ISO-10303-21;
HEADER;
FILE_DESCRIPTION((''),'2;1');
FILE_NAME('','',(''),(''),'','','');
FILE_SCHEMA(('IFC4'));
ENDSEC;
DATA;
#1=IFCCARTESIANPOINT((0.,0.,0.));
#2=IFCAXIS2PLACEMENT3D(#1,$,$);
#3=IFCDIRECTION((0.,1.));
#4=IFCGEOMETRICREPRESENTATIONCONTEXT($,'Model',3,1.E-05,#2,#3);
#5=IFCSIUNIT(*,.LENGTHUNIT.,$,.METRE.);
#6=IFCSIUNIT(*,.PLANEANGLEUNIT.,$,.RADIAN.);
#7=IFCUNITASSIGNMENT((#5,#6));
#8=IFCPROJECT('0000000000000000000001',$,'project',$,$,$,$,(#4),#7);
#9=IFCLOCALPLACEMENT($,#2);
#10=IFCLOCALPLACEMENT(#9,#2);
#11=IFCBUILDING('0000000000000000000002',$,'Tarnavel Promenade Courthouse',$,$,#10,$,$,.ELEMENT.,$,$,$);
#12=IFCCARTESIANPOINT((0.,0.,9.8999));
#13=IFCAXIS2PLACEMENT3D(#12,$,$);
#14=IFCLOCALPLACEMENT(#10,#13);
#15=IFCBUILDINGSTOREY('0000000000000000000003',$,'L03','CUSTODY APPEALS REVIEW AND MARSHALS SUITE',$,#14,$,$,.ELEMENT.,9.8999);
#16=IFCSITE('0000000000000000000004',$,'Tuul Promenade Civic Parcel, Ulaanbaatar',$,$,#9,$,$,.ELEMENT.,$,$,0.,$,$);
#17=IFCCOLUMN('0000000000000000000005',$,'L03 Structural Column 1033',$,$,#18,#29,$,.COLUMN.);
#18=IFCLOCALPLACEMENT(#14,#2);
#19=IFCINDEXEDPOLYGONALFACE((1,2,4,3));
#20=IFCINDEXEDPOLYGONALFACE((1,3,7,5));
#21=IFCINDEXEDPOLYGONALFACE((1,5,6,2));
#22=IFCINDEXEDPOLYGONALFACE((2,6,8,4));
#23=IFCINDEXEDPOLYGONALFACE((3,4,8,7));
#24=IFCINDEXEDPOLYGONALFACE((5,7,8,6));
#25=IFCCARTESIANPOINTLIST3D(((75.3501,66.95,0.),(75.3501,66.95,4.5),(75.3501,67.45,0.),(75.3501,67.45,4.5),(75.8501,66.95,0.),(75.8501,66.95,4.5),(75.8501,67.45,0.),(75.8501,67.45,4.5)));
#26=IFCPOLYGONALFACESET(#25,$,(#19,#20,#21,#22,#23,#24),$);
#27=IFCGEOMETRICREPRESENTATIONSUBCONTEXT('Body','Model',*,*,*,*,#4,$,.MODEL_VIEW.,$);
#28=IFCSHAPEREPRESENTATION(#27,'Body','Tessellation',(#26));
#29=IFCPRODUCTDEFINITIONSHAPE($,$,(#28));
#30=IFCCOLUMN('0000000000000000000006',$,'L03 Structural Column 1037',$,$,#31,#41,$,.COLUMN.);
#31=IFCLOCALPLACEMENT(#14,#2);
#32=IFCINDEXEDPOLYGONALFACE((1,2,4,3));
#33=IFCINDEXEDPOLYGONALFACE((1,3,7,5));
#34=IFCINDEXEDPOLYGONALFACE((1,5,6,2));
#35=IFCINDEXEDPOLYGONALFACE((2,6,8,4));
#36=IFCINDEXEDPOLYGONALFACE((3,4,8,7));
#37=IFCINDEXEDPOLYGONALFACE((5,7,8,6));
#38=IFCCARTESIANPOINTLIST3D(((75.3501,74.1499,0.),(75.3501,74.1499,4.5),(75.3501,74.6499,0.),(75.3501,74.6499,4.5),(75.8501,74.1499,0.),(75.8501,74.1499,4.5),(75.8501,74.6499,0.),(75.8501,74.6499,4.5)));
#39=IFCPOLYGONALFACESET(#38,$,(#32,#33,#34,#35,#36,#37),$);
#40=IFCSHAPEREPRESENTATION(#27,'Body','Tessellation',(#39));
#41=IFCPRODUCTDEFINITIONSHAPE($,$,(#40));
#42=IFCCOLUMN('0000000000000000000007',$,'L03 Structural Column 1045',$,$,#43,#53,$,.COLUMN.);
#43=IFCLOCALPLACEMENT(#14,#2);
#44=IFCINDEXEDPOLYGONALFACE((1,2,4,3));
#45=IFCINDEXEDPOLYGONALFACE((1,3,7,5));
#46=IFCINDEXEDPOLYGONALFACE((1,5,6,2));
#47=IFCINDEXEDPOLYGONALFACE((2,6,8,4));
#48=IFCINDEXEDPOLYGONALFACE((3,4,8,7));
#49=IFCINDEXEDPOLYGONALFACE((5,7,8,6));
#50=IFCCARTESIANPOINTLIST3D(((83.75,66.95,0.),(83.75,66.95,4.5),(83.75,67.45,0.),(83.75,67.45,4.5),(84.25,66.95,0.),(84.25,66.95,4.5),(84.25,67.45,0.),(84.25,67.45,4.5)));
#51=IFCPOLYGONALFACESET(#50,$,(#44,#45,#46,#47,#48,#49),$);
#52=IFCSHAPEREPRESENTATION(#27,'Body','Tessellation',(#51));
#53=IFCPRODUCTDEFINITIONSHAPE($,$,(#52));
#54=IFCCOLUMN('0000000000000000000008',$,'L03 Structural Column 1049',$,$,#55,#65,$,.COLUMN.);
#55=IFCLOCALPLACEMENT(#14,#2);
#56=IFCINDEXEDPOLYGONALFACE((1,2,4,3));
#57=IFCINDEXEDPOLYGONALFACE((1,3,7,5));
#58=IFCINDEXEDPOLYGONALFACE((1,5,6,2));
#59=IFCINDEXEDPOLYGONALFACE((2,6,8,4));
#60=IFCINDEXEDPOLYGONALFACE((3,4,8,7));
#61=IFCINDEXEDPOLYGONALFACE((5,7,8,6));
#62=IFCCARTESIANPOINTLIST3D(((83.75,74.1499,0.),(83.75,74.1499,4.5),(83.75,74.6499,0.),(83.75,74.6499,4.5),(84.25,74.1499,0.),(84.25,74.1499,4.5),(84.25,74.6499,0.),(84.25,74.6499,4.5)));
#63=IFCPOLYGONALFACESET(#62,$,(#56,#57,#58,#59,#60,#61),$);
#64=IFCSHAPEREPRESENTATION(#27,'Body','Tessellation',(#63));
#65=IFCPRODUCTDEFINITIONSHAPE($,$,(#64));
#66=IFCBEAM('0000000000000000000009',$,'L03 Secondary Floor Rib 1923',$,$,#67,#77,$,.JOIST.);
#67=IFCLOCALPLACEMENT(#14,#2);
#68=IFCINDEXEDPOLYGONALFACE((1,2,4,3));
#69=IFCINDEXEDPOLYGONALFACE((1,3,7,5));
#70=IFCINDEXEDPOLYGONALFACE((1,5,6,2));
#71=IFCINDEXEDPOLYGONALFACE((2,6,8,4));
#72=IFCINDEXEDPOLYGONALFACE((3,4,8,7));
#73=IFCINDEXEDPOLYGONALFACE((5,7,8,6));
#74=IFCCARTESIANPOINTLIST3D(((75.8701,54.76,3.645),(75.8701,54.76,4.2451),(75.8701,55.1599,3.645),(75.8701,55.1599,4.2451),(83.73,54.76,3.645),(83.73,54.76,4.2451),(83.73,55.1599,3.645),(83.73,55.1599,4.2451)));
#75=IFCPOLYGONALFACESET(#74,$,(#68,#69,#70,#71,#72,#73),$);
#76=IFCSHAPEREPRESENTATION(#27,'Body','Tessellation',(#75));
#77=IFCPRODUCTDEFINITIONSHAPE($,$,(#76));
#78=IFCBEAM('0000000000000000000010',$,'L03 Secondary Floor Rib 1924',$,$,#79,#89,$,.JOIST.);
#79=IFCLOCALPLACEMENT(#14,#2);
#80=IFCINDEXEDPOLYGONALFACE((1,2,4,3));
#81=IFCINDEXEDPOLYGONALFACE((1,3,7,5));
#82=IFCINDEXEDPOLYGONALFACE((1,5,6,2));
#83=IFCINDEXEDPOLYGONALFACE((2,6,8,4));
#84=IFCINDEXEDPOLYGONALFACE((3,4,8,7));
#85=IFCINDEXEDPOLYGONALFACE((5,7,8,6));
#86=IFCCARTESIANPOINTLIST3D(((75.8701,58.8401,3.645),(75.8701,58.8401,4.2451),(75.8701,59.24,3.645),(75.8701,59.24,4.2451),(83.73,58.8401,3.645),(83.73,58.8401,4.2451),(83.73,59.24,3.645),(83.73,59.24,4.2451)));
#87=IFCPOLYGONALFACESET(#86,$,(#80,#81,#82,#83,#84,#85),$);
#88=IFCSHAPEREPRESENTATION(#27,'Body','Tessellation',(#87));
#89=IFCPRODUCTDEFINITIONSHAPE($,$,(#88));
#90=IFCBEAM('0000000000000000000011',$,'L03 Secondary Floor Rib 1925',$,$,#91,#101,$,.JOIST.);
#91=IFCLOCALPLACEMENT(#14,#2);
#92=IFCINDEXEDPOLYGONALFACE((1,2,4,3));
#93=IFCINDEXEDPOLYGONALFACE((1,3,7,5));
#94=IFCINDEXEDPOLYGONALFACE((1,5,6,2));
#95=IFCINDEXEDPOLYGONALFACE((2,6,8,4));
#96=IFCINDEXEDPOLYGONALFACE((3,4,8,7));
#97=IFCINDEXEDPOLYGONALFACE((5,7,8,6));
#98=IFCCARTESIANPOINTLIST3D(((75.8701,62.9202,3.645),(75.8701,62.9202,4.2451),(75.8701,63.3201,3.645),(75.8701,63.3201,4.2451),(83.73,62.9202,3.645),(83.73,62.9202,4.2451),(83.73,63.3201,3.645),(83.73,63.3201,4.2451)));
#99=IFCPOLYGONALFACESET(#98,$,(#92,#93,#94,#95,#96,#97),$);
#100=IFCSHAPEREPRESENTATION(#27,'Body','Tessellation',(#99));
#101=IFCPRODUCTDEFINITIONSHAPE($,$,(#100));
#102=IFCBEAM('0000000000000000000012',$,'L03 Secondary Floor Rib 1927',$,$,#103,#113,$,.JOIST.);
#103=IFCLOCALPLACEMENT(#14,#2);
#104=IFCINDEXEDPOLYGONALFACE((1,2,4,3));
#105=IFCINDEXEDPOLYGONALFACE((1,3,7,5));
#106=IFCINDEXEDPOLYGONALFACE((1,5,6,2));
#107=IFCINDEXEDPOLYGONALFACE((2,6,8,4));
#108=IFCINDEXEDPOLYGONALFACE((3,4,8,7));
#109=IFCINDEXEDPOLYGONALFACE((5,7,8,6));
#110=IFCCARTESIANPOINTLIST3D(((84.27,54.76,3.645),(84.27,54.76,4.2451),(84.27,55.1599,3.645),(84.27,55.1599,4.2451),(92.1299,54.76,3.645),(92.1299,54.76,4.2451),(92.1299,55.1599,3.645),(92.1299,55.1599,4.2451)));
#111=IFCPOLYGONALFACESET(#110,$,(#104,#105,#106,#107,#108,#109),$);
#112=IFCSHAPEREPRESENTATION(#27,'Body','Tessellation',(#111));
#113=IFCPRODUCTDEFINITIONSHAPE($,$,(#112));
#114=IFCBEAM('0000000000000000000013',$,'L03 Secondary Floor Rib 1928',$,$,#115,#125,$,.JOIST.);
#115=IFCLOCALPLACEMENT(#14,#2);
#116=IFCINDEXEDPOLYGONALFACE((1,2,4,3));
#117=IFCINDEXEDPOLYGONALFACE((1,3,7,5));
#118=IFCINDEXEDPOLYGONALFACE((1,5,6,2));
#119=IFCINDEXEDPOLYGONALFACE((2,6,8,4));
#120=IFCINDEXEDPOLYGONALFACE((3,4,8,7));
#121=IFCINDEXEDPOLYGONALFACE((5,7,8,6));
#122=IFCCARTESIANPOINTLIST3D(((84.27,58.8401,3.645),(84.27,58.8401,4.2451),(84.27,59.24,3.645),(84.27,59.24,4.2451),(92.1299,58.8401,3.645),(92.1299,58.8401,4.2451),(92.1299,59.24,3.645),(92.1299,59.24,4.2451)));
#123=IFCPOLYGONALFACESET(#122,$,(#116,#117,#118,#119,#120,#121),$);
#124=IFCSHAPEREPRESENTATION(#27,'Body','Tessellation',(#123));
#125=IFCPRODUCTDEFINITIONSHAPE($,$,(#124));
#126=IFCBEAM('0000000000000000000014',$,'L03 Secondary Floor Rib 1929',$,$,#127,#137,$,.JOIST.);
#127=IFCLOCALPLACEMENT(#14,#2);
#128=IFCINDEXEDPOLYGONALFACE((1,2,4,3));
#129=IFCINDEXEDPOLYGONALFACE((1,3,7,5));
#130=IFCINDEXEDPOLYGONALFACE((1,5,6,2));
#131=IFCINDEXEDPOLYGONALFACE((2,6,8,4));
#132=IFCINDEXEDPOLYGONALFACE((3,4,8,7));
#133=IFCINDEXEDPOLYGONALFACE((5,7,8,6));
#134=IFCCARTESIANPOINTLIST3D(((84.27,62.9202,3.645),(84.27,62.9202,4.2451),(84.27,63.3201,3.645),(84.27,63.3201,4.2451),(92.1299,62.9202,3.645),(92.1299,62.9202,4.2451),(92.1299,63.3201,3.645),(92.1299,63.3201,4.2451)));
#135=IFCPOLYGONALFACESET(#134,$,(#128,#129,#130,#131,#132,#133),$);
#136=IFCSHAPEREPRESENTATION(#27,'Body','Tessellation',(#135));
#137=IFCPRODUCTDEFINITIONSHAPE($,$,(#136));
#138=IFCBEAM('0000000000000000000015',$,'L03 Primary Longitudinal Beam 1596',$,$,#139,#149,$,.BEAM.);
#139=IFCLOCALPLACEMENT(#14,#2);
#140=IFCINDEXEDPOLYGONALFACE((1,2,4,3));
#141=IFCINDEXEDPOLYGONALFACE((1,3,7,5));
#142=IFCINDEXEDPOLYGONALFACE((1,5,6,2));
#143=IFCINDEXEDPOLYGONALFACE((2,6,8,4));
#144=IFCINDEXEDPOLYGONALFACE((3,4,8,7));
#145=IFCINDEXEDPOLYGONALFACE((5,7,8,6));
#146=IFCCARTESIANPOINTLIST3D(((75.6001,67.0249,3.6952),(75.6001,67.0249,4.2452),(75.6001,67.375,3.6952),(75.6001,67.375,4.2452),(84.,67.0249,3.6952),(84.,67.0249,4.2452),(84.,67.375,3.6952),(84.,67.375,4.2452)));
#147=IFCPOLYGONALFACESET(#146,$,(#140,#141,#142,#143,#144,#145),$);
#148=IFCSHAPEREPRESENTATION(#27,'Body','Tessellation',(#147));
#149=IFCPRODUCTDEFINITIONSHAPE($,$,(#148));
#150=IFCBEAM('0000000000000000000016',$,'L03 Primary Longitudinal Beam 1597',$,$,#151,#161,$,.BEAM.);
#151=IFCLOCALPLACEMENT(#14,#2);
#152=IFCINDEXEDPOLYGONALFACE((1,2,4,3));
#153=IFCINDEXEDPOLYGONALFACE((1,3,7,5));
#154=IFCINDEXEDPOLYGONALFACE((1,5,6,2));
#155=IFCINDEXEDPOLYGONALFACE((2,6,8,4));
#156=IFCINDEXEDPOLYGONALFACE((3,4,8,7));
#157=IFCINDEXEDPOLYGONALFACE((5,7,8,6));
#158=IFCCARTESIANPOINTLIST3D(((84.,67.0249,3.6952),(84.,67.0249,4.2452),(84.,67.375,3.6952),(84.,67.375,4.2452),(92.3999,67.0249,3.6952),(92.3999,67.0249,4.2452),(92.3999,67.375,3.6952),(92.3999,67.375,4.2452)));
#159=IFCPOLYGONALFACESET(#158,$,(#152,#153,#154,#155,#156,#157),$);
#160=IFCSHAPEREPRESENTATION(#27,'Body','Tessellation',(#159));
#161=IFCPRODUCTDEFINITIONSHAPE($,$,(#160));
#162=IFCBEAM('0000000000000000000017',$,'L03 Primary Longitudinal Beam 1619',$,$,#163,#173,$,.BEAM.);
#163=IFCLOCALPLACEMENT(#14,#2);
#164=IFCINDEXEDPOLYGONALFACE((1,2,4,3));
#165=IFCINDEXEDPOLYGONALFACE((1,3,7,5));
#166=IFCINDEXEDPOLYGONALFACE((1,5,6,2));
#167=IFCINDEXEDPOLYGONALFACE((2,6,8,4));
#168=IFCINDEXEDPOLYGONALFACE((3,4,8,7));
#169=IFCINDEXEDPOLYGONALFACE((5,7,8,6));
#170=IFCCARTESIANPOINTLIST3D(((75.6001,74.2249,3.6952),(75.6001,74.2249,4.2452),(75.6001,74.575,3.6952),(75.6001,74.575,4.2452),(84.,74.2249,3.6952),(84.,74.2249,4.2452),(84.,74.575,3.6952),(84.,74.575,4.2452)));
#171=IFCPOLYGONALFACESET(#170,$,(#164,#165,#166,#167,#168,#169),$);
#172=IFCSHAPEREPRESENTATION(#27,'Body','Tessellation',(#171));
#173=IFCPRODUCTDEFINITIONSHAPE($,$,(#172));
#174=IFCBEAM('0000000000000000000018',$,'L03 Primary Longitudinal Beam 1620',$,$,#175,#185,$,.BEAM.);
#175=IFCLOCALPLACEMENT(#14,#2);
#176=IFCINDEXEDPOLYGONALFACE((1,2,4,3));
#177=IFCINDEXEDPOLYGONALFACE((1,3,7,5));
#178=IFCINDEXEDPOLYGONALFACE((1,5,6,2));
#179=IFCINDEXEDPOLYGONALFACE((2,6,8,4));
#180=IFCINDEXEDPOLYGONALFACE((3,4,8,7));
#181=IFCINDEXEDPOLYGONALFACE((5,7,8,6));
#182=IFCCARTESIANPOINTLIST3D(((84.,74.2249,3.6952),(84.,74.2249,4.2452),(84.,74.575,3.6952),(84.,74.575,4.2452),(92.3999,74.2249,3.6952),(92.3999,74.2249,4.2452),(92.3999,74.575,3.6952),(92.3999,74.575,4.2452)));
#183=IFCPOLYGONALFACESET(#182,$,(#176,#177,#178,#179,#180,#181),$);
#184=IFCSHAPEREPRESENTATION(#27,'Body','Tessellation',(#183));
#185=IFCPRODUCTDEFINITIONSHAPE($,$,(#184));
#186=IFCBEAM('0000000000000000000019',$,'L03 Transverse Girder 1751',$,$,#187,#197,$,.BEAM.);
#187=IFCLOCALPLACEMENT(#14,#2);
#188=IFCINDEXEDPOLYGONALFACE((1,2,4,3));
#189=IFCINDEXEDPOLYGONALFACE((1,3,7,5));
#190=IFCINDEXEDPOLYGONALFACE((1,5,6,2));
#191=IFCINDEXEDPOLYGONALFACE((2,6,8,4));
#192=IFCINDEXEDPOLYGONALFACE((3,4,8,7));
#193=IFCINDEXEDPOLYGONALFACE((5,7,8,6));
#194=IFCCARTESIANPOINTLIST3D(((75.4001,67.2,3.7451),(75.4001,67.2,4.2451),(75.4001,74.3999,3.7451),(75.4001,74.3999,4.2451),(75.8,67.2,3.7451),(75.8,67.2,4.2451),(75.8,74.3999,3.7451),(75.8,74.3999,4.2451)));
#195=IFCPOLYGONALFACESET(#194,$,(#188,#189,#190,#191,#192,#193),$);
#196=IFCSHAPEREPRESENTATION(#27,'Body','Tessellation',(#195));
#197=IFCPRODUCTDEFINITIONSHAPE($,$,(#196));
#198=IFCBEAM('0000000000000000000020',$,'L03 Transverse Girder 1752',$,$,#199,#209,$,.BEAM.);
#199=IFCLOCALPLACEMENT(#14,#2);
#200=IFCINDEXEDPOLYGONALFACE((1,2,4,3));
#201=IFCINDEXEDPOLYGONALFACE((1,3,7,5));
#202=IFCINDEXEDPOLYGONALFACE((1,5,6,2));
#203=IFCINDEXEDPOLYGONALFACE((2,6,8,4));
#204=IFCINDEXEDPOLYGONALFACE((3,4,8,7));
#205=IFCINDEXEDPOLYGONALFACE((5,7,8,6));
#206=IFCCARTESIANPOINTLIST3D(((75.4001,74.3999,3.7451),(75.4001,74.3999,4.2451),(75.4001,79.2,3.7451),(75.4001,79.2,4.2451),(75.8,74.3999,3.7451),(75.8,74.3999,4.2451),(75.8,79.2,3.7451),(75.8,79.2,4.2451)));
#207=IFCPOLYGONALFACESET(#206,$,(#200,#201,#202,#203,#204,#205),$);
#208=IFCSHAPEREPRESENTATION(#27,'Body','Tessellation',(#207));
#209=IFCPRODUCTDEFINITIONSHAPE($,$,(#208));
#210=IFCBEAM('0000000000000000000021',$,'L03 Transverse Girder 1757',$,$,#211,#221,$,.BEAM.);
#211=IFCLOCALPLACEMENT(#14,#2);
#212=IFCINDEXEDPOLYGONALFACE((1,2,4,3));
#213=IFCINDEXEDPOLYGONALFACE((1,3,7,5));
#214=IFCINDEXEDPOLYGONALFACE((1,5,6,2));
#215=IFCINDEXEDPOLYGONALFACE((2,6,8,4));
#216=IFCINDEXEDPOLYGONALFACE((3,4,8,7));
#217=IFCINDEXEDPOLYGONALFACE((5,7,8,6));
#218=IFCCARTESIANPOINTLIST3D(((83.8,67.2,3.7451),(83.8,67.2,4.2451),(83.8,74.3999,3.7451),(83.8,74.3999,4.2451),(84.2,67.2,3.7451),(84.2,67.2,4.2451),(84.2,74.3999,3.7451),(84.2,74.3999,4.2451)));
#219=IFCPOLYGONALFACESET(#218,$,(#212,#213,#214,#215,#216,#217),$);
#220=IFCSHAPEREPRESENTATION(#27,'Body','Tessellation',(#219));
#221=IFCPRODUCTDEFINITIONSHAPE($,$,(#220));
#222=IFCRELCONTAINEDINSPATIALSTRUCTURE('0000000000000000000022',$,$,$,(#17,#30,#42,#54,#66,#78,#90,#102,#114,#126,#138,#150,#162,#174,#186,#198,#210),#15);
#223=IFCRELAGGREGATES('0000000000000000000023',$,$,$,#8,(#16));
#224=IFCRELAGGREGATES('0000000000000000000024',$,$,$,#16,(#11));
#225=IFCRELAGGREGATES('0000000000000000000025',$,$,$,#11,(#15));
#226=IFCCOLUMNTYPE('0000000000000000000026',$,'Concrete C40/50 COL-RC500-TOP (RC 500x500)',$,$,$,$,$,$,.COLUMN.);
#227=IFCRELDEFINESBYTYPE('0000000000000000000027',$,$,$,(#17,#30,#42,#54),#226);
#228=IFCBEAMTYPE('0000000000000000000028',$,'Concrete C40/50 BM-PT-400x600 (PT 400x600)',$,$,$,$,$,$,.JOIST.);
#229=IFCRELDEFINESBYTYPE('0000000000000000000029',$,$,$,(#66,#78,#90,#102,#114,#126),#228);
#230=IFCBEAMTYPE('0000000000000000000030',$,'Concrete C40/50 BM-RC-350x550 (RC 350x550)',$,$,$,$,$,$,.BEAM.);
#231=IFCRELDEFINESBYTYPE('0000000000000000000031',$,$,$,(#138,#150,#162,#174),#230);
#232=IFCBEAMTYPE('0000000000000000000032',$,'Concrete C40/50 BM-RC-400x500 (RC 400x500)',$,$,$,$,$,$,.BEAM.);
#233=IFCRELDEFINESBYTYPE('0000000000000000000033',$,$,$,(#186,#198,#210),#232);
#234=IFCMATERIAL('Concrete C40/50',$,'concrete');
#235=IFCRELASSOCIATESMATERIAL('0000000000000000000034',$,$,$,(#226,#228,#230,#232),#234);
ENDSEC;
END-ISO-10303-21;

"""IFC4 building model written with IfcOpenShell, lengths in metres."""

from ifc_helpers import new_model, si_unit, direction, frame, origin, origin_2d, place, context, subcontext, project, spatial, rectangle, extrude, material, material_profile, profile_set, type_object, element, save


model = new_model("IFC4")

# Units and contexts
model_context = context("Model", 3, precision=1e-05, world=origin(), true_north=direction((0.0, 1.0)))
body_context = subcontext(model_context, "Body", "Model", "MODEL_VIEW")
ifc_project = project(units=[si_unit("LENGTHUNIT", "METRE"), si_unit("PLANEANGLEUNIT", "RADIAN")], contexts=[model_context])

# Site, building, storey
site_placement = place(None, origin())
site = spatial("IfcSite", under=ifc_project, at=site_placement, Name="Tuul Promenade Civic Parcel, Ulaanbaatar", CompositionType="ELEMENT", RefElevation=0.0)
building_placement = place(site_placement, origin())
building = spatial("IfcBuilding", under=site, at=building_placement, Name="Tarnavel Promenade Courthouse", CompositionType="ELEMENT")
storey_placement = place(building_placement, frame((0.0, 0.0, 9.8999)))
storey = spatial("IfcBuildingStorey", under=building, at=storey_placement, Name="L03", Description="CUSTODY APPEALS REVIEW AND MARSHALS SUITE", CompositionType="ELEMENT", Elevation=9.8999)

# Columns
ifc_material_1 = material(Name="Concrete C40/50", Category="concrete")
ifc_material_profile_1 = material_profile(ifc_material_1, rectangle(XDim=0.5, YDim=0.5, at=origin_2d()), Name="RC 500x500")
ifc_profile_set_1 = profile_set([ifc_material_profile_1], Name="Concrete C40/50")
column_type = type_object("IfcColumnType", Name="Concrete C40/50 COL-RC500-TOP (RC 500x500)", PredefinedType="COLUMN", material=ifc_profile_set_1)
for number, where, z_axis, x_axis, name in (
    (1, (75.6001, 67.2, 0.0), (0.0, 0.0, 1.0), (1.0, 0.0, 0.0), "L03 Structural Column 1033"),
    (2, (75.6001, 74.3999, 0.0), (0.0, 0.0, 1.0), (1.0, 0.0, 0.0), "L03 Structural Column 1037"),
    (3, (84.0, 67.2, 0.0), (0.0, 0.0, 1.0), (1.0, 0.0, 0.0), "L03 Structural Column 1045"),
    (4, (84.0, 74.3999, 0.0), (0.0, 0.0, 1.0), (1.0, 0.0, 0.0), "L03 Structural Column 1049"),
):
    element("IfcColumn", number, at=place(storey_placement, frame(where, z_axis=z_axis, x_axis=x_axis)), inside=storey, type_object=column_type, Name=name, PredefinedType="COLUMN", context=body_context, shape_type="SweptSolid", body=[
        extrude(rectangle(XDim=0.5, YDim=0.5, at=origin_2d()), origin(), (0.0, 0.0, 1.0), 4.5),
    ])

# Beams
ifc_material_profile_2 = material_profile(ifc_material_1, rectangle(XDim=0.3999, YDim=0.6001, at=origin_2d()), Name="PT 400x600")
ifc_profile_set_2 = profile_set([ifc_material_profile_2], Name="Concrete C40/50")
beam_type_1 = type_object("IfcBeamType", Name="Concrete C40/50 BM-PT-400x600 (PT 400x600)", PredefinedType="JOIST", material=ifc_profile_set_2)
for number, where, z_axis, x_axis, name in (
    (5, (75.8701, 54.96, 3.9451), (1.0, 0.0, 0.0), (0.0, 1.0, 0.0), "L03 Secondary Floor Rib 1923"),
    (6, (75.8701, 59.04, 3.9451), (1.0, 0.0, 0.0), (0.0, 1.0, 0.0), "L03 Secondary Floor Rib 1924"),
    (7, (75.8701, 63.1201, 3.9451), (1.0, 0.0, 0.0), (0.0, 1.0, 0.0), "L03 Secondary Floor Rib 1925"),
    (8, (84.27, 54.96, 3.9451), (1.0, 0.0, 0.0), (0.0, 1.0, 0.0), "L03 Secondary Floor Rib 1927"),
    (9, (84.27, 59.04, 3.9451), (1.0, 0.0, 0.0), (0.0, 1.0, 0.0), "L03 Secondary Floor Rib 1928"),
    (10, (84.27, 63.1201, 3.9451), (1.0, 0.0, 0.0), (0.0, 1.0, 0.0), "L03 Secondary Floor Rib 1929"),
):
    element("IfcBeam", number, at=place(storey_placement, frame(where, z_axis=z_axis, x_axis=x_axis)), inside=storey, type_object=beam_type_1, Name=name, PredefinedType="JOIST", context=body_context, shape_type="SweptSolid", body=[
        extrude(rectangle(XDim=0.3999, YDim=0.6001, at=origin_2d()), origin(), (0.0, 0.0, 1.0), 7.8599),
    ])
ifc_material_profile_3 = material_profile(ifc_material_1, rectangle(XDim=0.3501, YDim=0.55, at=origin_2d()), Name="RC 350x550")
ifc_profile_set_3 = profile_set([ifc_material_profile_3], Name="Concrete C40/50")
beam_type_2 = type_object("IfcBeamType", Name="Concrete C40/50 BM-RC-350x550 (RC 350x550)", PredefinedType="BEAM", material=ifc_profile_set_3)
for number, where, z_axis, x_axis, name in (
    (11, (75.6001, 67.2, 3.9702), (1.0, 0.0, 0.0), (0.0, 1.0, 0.0), "L03 Primary Longitudinal Beam 1596"),
    (12, (84.0, 67.2, 3.9702), (1.0, 0.0, 0.0), (0.0, 1.0, 0.0), "L03 Primary Longitudinal Beam 1597"),
    (13, (75.6001, 74.3999, 3.9702), (1.0, 0.0, 0.0), (0.0, 1.0, 0.0), "L03 Primary Longitudinal Beam 1619"),
    (14, (84.0, 74.3999, 3.9702), (1.0, 0.0, 0.0), (0.0, 1.0, 0.0), "L03 Primary Longitudinal Beam 1620"),
):
    element("IfcBeam", number, at=place(storey_placement, frame(where, z_axis=z_axis, x_axis=x_axis)), inside=storey, type_object=beam_type_2, Name=name, PredefinedType="BEAM", context=body_context, shape_type="SweptSolid", body=[
        extrude(rectangle(XDim=0.3501, YDim=0.55, at=origin_2d()), origin(), (0.0, 0.0, 1.0), 8.3999),
    ])
ifc_material_profile_4 = material_profile(ifc_material_1, rectangle(XDim=0.3999, YDim=0.5, at=origin_2d()), Name="RC 400x500")
ifc_profile_set_4 = profile_set([ifc_material_profile_4], Name="Concrete C40/50")
beam_type_3 = type_object("IfcBeamType", Name="Concrete C40/50 BM-RC-400x500 (RC 400x500)", PredefinedType="BEAM", material=ifc_profile_set_4)
beam_1_placement = place(storey_placement, frame((75.6001, 67.2, 3.9951), z_axis=(0.0, 1.0, 0.0), x_axis=(-1.0, 0.0, 0.0)))
element("IfcBeam", 15, at=beam_1_placement, inside=storey, type_object=beam_type_3, Name="L03 Transverse Girder 1751", PredefinedType="BEAM", context=body_context, shape_type="SweptSolid", body=[
    extrude(rectangle(XDim=0.3999, YDim=0.5, at=origin_2d()), origin(), (0.0, 0.0, 1.0), 7.2),
])
beam_2_placement = place(storey_placement, frame((75.6001, 74.3999, 3.9951), z_axis=(0.0, 1.0, 0.0), x_axis=(-1.0, 0.0, 0.0)))
element("IfcBeam", 16, at=beam_2_placement, inside=storey, type_object=beam_type_3, Name="L03 Transverse Girder 1752", PredefinedType="BEAM", context=body_context, shape_type="SweptSolid", body=[
    extrude(rectangle(XDim=0.3999, YDim=0.5, at=origin_2d()), origin(), (0.0, 0.0, 1.0), 4.8),
])
beam_3_placement = place(storey_placement, frame((84.0, 67.2, 3.9951), z_axis=(0.0, 1.0, 0.0), x_axis=(-1.0, 0.0, 0.0)))
element("IfcBeam", 17, at=beam_3_placement, inside=storey, type_object=beam_type_3, Name="L03 Transverse Girder 1757", PredefinedType="BEAM", context=body_context, shape_type="SweptSolid", body=[
    extrude(rectangle(XDim=0.3999, YDim=0.5, at=origin_2d()), origin(), (0.0, 0.0, 1.0), 7.2),
])

save(model, "model.ifc")
